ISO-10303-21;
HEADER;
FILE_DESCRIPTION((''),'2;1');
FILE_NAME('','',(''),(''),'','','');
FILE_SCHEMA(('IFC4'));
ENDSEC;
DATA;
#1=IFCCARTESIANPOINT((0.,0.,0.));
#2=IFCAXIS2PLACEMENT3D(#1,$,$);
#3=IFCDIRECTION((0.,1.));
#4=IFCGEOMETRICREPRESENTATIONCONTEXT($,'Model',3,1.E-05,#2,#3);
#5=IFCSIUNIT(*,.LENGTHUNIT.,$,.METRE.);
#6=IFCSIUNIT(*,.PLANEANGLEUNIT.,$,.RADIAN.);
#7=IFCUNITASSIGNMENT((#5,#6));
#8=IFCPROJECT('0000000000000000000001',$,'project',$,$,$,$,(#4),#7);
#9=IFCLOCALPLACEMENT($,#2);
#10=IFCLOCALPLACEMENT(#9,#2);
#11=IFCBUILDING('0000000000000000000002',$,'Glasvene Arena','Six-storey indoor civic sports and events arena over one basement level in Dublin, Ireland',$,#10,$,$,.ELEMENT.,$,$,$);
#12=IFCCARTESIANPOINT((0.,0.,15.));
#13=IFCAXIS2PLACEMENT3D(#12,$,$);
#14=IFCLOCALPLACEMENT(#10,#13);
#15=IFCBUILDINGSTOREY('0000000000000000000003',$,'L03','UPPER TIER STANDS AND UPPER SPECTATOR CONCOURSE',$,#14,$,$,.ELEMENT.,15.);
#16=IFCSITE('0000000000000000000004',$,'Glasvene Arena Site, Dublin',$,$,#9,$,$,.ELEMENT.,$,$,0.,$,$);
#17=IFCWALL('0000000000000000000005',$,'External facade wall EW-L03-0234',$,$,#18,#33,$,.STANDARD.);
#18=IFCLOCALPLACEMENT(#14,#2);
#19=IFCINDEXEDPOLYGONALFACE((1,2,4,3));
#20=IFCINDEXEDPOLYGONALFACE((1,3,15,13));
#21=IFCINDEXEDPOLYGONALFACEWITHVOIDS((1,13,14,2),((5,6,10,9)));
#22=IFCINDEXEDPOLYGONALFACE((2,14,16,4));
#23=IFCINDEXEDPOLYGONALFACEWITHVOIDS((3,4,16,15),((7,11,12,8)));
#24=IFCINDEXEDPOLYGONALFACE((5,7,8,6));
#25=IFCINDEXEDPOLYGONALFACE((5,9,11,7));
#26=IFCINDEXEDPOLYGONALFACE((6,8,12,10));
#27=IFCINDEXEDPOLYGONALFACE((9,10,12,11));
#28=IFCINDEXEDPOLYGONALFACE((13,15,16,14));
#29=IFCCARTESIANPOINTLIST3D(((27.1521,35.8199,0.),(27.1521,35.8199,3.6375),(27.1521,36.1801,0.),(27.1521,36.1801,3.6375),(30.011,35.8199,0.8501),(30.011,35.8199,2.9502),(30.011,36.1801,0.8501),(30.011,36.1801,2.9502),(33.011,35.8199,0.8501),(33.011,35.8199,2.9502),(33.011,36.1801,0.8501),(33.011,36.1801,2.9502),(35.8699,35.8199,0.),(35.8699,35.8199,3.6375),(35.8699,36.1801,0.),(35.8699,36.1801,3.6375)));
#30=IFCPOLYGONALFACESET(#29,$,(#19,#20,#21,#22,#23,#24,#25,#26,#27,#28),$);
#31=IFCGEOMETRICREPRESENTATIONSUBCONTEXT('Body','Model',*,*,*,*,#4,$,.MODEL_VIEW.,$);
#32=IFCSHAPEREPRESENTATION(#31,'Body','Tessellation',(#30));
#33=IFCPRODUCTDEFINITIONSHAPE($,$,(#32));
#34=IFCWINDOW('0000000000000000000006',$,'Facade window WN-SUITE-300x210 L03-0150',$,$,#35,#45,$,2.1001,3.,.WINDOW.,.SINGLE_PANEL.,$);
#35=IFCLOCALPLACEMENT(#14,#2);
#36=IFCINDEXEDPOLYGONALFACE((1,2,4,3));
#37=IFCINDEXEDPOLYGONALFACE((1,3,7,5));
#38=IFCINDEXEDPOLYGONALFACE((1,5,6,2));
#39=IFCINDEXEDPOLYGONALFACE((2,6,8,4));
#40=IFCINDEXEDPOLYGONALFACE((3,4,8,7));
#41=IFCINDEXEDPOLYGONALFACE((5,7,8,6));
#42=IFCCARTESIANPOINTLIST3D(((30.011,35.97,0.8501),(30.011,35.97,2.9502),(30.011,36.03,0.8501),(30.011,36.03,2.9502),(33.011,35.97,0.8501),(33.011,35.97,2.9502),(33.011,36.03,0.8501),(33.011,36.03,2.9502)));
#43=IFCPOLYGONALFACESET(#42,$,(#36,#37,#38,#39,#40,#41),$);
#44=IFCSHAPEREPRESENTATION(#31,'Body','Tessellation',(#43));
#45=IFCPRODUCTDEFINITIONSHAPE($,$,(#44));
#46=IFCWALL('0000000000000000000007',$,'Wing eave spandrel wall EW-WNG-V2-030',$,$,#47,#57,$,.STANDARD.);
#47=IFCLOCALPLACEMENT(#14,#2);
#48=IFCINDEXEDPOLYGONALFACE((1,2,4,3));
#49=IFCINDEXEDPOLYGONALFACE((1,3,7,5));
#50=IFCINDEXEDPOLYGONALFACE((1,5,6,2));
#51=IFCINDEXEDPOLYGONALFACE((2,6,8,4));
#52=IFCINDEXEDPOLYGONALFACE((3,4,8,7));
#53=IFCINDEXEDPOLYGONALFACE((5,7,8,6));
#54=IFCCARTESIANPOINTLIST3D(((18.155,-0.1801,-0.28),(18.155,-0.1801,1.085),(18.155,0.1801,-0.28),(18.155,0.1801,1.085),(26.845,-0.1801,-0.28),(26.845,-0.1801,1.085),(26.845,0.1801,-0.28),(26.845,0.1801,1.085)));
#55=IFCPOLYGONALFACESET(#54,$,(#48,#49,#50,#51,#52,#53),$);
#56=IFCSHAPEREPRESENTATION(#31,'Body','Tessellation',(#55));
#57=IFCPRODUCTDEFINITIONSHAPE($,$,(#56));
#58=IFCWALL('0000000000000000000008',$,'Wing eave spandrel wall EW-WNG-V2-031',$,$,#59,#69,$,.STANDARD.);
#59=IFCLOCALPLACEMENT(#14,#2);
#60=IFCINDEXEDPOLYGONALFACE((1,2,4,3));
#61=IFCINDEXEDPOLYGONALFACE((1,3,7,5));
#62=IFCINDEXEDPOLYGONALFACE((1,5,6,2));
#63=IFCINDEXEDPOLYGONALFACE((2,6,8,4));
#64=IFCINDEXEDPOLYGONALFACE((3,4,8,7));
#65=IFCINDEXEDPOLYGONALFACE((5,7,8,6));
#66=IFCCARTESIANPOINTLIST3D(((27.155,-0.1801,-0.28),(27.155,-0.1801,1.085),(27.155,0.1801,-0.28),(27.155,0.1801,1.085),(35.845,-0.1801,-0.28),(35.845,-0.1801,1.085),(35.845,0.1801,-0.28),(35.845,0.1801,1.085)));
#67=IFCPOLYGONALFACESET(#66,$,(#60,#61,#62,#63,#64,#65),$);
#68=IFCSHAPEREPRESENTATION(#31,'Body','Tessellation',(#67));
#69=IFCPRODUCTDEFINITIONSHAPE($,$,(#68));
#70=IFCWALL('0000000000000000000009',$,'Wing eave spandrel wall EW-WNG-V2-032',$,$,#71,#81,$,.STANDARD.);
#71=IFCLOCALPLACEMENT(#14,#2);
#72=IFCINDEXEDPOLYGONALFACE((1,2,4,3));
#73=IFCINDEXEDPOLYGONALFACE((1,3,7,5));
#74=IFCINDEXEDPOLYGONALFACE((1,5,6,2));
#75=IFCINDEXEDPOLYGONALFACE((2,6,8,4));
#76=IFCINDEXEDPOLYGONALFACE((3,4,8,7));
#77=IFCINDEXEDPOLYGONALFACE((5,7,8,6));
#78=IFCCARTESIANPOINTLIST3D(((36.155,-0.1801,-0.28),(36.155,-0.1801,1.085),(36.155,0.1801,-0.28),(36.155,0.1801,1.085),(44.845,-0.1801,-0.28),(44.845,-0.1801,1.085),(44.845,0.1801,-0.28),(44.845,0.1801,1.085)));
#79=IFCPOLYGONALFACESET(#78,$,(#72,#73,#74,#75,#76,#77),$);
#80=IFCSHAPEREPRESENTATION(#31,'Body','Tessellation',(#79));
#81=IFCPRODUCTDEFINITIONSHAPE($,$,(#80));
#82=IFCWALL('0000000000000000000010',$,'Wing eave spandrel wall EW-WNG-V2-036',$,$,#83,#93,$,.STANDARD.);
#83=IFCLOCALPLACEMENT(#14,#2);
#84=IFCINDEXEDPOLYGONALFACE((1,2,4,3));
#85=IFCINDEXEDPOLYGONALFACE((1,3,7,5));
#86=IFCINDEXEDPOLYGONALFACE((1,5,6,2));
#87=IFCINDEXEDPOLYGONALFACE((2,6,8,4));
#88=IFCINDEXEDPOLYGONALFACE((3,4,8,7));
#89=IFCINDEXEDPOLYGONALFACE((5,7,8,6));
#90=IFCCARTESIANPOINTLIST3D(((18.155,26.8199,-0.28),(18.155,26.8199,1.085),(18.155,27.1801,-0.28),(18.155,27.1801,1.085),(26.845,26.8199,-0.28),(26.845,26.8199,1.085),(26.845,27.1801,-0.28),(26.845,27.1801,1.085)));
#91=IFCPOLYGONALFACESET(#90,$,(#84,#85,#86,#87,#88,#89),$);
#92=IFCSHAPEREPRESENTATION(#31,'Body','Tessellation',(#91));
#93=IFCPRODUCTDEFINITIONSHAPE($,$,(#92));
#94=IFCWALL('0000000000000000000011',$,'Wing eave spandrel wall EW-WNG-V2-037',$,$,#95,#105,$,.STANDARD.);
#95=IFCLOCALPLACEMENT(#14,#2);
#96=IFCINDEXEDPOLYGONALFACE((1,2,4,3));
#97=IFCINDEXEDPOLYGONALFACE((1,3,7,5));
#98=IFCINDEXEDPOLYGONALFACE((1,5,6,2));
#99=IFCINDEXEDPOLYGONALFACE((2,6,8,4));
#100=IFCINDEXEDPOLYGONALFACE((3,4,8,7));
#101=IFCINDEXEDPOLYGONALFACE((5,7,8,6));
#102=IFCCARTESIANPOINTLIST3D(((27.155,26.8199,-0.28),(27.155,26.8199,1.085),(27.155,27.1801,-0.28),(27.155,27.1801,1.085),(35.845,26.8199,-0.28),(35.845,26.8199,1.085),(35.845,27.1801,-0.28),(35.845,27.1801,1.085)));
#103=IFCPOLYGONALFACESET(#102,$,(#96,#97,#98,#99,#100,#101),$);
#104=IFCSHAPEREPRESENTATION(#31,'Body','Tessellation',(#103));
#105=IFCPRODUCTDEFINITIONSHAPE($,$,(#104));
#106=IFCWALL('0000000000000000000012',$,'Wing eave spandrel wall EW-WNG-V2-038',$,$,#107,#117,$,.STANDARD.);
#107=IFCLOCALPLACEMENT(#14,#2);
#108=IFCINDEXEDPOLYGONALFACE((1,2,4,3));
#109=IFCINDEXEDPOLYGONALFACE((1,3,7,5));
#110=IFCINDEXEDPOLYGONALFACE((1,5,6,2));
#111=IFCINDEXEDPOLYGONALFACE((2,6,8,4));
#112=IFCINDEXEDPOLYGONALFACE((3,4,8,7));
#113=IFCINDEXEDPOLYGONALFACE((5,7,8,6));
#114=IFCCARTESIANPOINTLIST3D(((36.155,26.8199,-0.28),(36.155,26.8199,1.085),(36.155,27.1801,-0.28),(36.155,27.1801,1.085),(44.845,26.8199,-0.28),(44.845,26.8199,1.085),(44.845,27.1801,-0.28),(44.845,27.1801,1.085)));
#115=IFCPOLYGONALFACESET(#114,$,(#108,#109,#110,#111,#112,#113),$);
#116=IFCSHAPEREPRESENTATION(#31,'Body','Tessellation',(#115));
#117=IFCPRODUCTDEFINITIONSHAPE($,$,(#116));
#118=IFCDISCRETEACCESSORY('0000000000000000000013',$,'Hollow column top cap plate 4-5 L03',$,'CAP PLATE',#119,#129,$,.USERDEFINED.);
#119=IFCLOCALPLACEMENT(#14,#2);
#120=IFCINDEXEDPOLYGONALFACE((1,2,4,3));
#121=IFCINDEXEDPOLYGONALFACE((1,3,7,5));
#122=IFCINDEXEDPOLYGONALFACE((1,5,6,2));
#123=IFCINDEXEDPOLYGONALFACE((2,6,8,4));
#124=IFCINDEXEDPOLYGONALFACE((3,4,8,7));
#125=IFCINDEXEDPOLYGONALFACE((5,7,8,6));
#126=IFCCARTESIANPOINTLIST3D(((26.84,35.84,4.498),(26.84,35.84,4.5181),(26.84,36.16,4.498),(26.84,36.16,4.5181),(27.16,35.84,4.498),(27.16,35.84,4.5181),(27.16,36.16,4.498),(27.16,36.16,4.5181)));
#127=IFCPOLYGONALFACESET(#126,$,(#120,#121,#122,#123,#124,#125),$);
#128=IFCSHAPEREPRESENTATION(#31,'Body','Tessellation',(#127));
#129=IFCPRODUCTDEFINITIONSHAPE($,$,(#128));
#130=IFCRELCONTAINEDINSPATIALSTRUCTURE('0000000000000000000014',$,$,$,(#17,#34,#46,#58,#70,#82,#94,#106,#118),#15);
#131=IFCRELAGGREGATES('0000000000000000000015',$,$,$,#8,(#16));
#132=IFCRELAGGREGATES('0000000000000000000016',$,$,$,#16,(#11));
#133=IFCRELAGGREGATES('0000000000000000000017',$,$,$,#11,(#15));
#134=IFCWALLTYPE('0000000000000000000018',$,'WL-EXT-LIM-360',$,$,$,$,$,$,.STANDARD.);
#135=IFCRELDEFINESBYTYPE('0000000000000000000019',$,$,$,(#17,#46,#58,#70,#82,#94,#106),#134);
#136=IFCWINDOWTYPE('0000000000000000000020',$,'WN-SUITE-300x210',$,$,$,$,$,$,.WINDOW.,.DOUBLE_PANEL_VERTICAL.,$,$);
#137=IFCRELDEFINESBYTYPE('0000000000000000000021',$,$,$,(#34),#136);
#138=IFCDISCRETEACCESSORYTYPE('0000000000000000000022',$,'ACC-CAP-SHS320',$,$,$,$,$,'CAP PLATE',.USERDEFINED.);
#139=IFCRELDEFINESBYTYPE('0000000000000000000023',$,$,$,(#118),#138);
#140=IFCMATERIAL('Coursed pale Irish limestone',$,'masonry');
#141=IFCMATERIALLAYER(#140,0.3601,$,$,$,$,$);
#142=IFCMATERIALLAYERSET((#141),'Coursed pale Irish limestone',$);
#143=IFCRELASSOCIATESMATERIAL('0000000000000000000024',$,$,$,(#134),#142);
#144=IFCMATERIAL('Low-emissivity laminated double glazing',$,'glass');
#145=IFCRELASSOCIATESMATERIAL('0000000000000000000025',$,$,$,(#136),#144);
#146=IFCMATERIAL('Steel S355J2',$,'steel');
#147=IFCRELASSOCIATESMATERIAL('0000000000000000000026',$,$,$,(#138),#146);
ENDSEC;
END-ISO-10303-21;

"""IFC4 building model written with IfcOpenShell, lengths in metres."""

from ifc_helpers import new_model, si_unit, direction, frame, frame_2d, origin, origin_2d, place, context, subcontext, project, spatial, rectangle, extrude, material, layer, layer_set, type_object, element, fill, save


model = new_model("IFC4")

# Units and contexts
model_context = context("Model", 3, precision=1e-05, world=origin(), true_north=direction((0.0, 1.0)))
body_context = subcontext(model_context, "Body", "Model", "MODEL_VIEW")
ifc_project = project(units=[si_unit("LENGTHUNIT", "METRE"), si_unit("PLANEANGLEUNIT", "RADIAN")], contexts=[model_context])

# Site, building, storey
site_placement = place(None, origin())
site = spatial("IfcSite", under=ifc_project, at=site_placement, Name="Glasvene Arena Site, Dublin", CompositionType="ELEMENT", RefElevation=0.0)
building_placement = place(site_placement, origin())
building = spatial("IfcBuilding", under=site, at=building_placement, Name="Glasvene Arena", Description="Six-storey indoor civic sports and events arena over one basement level in Dublin, Ireland", CompositionType="ELEMENT")
storey_placement = place(building_placement, frame((0.0, 0.0, 15.0)))
storey = spatial("IfcBuildingStorey", under=building, at=storey_placement, Name="L03", Description="UPPER TIER STANDS AND UPPER SPECTATOR CONCOURSE", CompositionType="ELEMENT", Elevation=15.0)

# Shared definitions
ifc_material_1 = material(Name="Steel S355J2", Category="steel")

# Shared definitions
ifc_material_2 = material(Name="Low-emissivity laminated double glazing", Category="glass")

# Wall, opening, window
ifc_material_3 = material(Name="Coursed pale Irish limestone", Category="masonry")
ifc_layer_1 = layer(ifc_material_3, 0.3601)
ifc_layer_set_1 = layer_set([ifc_layer_1], Name="Coursed pale Irish limestone")
wall_type = type_object("IfcWallType", Name="WL-EXT-LIM-360", PredefinedType="STANDARD", material=ifc_layer_set_1)
wall_placement = place(storey_placement, frame((35.8699, 36.0, 0.0), z_axis=(0.0, 0.0, 1.0), x_axis=(-1.0, 0.0, 0.0)))
wall = element("IfcWall", 1, at=wall_placement, inside=storey, type_object=wall_type, Name="External facade wall EW-L03-0234", PredefinedType="STANDARD", context=body_context, shape_type="SweptSolid", body=[
    extrude(rectangle(XDim=8.7178, YDim=0.3601, at=frame_2d((4.3589, 0.0))), origin(), (0.0, 0.0, 1.0), 3.6375),
])
opening_placement = place(wall_placement, frame((2.8589, 0.0, 0.8501)))
opening = element("IfcOpeningElement", 2, at=opening_placement, cuts=wall, PredefinedType="OPENING", context=body_context, shape_type="SweptSolid", body=[
    extrude(rectangle(XDim=3.0, YDim=2.1001, at=frame_2d((1.5, 1.05))), frame((0.0, 0.1899, 0.0), z_axis=(0.0, -1.0, 0.0), x_axis=(1.0, 0.0, 0.0)), (0.0, 0.0, 1.0), 0.3801),
])
window_type = type_object("IfcWindowType", Name="WN-SUITE-300x210", PartitioningType="DOUBLE_PANEL_VERTICAL", PredefinedType="WINDOW", material=ifc_material_2)
window_placement = place(opening_placement, origin())
window = element("IfcWindow", 3, at=window_placement, inside=storey, type_object=window_type, Name="Facade window WN-SUITE-300x210 L03-0150", OverallHeight=2.1001, OverallWidth=3.0, PartitioningType="SINGLE_PANEL", PredefinedType="WINDOW", context=body_context, shape_type="SweptSolid", body=[
    extrude(rectangle(XDim=3.0, YDim=2.1001, at=frame_2d((1.5, 1.05))), frame((0.0, 0.03, 0.0), z_axis=(0.0, -1.0, 0.0), x_axis=(1.0, 0.0, 0.0)), (0.0, 0.0, 1.0), 0.0601),
])
fill(opening, window)

# Walls
for number, where, z_axis, x_axis, name in (
    (4, (18.155, 0.0, -0.28), (0.0, 0.0, 1.0), (1.0, 0.0, 0.0), "Wing eave spandrel wall EW-WNG-V2-030"),
    (5, (27.155, 0.0, -0.28), (0.0, 0.0, 1.0), (1.0, 0.0, 0.0), "Wing eave spandrel wall EW-WNG-V2-031"),
    (6, (36.155, 0.0, -0.28), (0.0, 0.0, 1.0), (1.0, 0.0, 0.0), "Wing eave spandrel wall EW-WNG-V2-032"),
    (7, (18.155, 27.0, -0.28), (0.0, 0.0, 1.0), (1.0, 0.0, 0.0), "Wing eave spandrel wall EW-WNG-V2-036"),
    (8, (27.155, 27.0, -0.28), (0.0, 0.0, 1.0), (1.0, 0.0, 0.0), "Wing eave spandrel wall EW-WNG-V2-037"),
    (9, (36.155, 27.0, -0.28), (0.0, 0.0, 1.0), (1.0, 0.0, 0.0), "Wing eave spandrel wall EW-WNG-V2-038"),
):
    element("IfcWall", number, at=place(storey_placement, frame(where, z_axis=z_axis, x_axis=x_axis)), inside=storey, type_object=wall_type, Name=name, PredefinedType="STANDARD", context=body_context, shape_type="SweptSolid", body=[
        extrude(rectangle(XDim=8.6899, YDim=0.3601, at=frame_2d((4.345, 0.0))), origin(), (0.0, 0.0, 1.0), 1.365),
    ])

# Discrete accessory
discrete_accessory_type = type_object("IfcDiscreteAccessoryType", Name="ACC-CAP-SHS320", ElementType="CAP PLATE", PredefinedType="USERDEFINED", material=ifc_material_1)
discrete_accessory_placement = place(storey_placement, frame((27.0, 36.0, 4.498), z_axis=(0.0, 0.0, 1.0), x_axis=(1.0, 0.0, 0.0)))
element("IfcDiscreteAccessory", 10, at=discrete_accessory_placement, inside=storey, type_object=discrete_accessory_type, Name="Hollow column top cap plate 4-5 L03", ObjectType="CAP PLATE", PredefinedType="USERDEFINED", context=body_context, shape_type="SweptSolid", body=[
    extrude(rectangle(XDim=0.3201, YDim=0.3201, at=origin_2d()), origin(), (0.0, 0.0, 1.0), 0.02),
])

save(model, "model.ifc")
